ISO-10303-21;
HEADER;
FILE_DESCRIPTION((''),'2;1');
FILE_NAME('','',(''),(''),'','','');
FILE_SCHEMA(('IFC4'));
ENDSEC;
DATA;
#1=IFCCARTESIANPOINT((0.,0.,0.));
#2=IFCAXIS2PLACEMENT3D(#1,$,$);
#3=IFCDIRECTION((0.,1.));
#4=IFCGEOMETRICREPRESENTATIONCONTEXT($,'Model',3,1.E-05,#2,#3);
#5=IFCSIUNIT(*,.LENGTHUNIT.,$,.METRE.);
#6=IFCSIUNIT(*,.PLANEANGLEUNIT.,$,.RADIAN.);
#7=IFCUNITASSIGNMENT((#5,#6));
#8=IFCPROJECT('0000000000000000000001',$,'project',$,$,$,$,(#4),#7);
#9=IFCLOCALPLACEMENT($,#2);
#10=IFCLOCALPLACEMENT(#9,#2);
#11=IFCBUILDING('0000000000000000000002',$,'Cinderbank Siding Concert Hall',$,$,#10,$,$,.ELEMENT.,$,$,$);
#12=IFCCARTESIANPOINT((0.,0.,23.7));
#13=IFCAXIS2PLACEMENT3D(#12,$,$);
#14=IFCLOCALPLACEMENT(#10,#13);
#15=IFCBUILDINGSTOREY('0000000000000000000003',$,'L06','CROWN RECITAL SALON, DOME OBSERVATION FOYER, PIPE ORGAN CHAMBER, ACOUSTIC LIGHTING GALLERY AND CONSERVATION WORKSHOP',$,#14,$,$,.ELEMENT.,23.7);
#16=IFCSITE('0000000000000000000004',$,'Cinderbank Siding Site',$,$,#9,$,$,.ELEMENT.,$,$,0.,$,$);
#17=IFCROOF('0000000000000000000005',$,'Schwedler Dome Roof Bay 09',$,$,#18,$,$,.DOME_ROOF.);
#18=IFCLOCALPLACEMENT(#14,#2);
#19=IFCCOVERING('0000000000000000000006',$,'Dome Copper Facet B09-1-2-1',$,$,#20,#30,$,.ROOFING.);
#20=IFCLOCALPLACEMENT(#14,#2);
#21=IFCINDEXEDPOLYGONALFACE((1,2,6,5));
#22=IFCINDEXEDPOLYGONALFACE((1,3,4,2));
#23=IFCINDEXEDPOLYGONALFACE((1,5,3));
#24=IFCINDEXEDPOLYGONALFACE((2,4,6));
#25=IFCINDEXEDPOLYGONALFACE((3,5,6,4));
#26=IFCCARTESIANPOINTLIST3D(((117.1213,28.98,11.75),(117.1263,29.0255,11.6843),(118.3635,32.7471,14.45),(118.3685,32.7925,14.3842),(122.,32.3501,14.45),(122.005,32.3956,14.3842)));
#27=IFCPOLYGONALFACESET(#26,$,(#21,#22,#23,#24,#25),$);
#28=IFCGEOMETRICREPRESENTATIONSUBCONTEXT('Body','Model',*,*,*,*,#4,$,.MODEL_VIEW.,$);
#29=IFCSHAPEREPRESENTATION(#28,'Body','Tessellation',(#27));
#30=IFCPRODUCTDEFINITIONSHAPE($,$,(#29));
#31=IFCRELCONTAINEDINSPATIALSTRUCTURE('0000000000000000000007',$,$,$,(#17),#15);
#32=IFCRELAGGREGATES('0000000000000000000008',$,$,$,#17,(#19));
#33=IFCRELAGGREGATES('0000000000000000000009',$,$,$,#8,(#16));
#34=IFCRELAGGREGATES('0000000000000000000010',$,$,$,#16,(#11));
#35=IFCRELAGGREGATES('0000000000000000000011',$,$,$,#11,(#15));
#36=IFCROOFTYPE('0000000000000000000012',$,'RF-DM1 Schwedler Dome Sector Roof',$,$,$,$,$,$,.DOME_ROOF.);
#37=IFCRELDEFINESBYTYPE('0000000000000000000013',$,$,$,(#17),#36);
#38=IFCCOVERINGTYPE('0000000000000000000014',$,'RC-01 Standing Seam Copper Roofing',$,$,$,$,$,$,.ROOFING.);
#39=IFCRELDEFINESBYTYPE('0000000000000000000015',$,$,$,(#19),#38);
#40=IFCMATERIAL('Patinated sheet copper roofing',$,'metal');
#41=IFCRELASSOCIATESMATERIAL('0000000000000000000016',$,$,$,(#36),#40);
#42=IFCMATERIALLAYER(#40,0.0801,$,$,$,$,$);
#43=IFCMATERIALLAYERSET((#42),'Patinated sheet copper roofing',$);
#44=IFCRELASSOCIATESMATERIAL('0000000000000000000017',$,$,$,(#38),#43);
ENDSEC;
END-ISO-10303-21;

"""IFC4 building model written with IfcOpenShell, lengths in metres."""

from ifc_helpers import new_model, si_unit, direction, frame, origin, place, context, subcontext, project, spatial, polyline, outline, extrude, material, layer, layer_set, type_object, element, aggregate, save


model = new_model("IFC4")

# Units and contexts
model_context = context("Model", 3, precision=1e-05, world=origin(), true_north=direction((0.0, 1.0)))
body_context = subcontext(model_context, "Body", "Model", "MODEL_VIEW")
ifc_project = project(units=[si_unit("LENGTHUNIT", "METRE"), si_unit("PLANEANGLEUNIT", "RADIAN")], contexts=[model_context])

# Site, building, storey
site_placement = place(None, origin())
site = spatial("IfcSite", under=ifc_project, at=site_placement, Name="Cinderbank Siding Site", CompositionType="ELEMENT", RefElevation=0.0)
building_placement = place(site_placement, origin())
building = spatial("IfcBuilding", under=site, at=building_placement, Name="Cinderbank Siding Concert Hall", CompositionType="ELEMENT")
storey_placement = place(building_placement, frame((0.0, 0.0, 23.7)))
storey = spatial("IfcBuildingStorey", under=building, at=storey_placement, Name="L06", Description="CROWN RECITAL SALON, DOME OBSERVATION FOYER, PIPE ORGAN CHAMBER, ACOUSTIC LIGHTING GALLERY AND CONSERVATION WORKSHOP", CompositionType="ELEMENT", Elevation=23.7)

# Roof, covering
ifc_material_1 = material(Name="Patinated sheet copper roofing", Category="metal")
roof_type = type_object("IfcRoofType", Name="RF-DM1 Schwedler Dome Sector Roof", PredefinedType="DOME_ROOF", material=ifc_material_1)
roof_placement = place(storey_placement, origin())
roof = element("IfcRoof", 1, at=roof_placement, inside=storey, type_object=roof_type, Name="Schwedler Dome Roof Bay 09", PredefinedType="DOME_ROOF")
ifc_layer_1 = layer(ifc_material_1, 0.0801)
ifc_layer_set_1 = layer_set([ifc_layer_1], Name="Patinated sheet copper roofing")
covering_type = type_object("IfcCoveringType", Name="RC-01 Standing Seam Copper Roofing", PredefinedType="ROOFING", material=ifc_layer_set_1)
covering_1_placement = place(storey_placement, frame((117.1213, 28.98, 11.75), z_axis=(-0.061988, -0.567843, 0.820799), x_axis=(0.748804, 0.517264, 0.414403)))
covering_1 = element("IfcCovering", 2, at=covering_1_placement, type_object=covering_type, Name="Dome Copper Facet B09-1-2-1", PredefinedType="ROOFING", context=body_context, shape_type="SweptSolid", body=[
    extrude(outline(polyline([(0.0, 0.0), (6.5153, 0.0), (3.9976, 2.6538), (0.0, 0.0)])), origin(), (0.0, 0.0, -1.0), 0.0801),
])
aggregate(roof, [covering_1])

save(model, "model.ifc")
